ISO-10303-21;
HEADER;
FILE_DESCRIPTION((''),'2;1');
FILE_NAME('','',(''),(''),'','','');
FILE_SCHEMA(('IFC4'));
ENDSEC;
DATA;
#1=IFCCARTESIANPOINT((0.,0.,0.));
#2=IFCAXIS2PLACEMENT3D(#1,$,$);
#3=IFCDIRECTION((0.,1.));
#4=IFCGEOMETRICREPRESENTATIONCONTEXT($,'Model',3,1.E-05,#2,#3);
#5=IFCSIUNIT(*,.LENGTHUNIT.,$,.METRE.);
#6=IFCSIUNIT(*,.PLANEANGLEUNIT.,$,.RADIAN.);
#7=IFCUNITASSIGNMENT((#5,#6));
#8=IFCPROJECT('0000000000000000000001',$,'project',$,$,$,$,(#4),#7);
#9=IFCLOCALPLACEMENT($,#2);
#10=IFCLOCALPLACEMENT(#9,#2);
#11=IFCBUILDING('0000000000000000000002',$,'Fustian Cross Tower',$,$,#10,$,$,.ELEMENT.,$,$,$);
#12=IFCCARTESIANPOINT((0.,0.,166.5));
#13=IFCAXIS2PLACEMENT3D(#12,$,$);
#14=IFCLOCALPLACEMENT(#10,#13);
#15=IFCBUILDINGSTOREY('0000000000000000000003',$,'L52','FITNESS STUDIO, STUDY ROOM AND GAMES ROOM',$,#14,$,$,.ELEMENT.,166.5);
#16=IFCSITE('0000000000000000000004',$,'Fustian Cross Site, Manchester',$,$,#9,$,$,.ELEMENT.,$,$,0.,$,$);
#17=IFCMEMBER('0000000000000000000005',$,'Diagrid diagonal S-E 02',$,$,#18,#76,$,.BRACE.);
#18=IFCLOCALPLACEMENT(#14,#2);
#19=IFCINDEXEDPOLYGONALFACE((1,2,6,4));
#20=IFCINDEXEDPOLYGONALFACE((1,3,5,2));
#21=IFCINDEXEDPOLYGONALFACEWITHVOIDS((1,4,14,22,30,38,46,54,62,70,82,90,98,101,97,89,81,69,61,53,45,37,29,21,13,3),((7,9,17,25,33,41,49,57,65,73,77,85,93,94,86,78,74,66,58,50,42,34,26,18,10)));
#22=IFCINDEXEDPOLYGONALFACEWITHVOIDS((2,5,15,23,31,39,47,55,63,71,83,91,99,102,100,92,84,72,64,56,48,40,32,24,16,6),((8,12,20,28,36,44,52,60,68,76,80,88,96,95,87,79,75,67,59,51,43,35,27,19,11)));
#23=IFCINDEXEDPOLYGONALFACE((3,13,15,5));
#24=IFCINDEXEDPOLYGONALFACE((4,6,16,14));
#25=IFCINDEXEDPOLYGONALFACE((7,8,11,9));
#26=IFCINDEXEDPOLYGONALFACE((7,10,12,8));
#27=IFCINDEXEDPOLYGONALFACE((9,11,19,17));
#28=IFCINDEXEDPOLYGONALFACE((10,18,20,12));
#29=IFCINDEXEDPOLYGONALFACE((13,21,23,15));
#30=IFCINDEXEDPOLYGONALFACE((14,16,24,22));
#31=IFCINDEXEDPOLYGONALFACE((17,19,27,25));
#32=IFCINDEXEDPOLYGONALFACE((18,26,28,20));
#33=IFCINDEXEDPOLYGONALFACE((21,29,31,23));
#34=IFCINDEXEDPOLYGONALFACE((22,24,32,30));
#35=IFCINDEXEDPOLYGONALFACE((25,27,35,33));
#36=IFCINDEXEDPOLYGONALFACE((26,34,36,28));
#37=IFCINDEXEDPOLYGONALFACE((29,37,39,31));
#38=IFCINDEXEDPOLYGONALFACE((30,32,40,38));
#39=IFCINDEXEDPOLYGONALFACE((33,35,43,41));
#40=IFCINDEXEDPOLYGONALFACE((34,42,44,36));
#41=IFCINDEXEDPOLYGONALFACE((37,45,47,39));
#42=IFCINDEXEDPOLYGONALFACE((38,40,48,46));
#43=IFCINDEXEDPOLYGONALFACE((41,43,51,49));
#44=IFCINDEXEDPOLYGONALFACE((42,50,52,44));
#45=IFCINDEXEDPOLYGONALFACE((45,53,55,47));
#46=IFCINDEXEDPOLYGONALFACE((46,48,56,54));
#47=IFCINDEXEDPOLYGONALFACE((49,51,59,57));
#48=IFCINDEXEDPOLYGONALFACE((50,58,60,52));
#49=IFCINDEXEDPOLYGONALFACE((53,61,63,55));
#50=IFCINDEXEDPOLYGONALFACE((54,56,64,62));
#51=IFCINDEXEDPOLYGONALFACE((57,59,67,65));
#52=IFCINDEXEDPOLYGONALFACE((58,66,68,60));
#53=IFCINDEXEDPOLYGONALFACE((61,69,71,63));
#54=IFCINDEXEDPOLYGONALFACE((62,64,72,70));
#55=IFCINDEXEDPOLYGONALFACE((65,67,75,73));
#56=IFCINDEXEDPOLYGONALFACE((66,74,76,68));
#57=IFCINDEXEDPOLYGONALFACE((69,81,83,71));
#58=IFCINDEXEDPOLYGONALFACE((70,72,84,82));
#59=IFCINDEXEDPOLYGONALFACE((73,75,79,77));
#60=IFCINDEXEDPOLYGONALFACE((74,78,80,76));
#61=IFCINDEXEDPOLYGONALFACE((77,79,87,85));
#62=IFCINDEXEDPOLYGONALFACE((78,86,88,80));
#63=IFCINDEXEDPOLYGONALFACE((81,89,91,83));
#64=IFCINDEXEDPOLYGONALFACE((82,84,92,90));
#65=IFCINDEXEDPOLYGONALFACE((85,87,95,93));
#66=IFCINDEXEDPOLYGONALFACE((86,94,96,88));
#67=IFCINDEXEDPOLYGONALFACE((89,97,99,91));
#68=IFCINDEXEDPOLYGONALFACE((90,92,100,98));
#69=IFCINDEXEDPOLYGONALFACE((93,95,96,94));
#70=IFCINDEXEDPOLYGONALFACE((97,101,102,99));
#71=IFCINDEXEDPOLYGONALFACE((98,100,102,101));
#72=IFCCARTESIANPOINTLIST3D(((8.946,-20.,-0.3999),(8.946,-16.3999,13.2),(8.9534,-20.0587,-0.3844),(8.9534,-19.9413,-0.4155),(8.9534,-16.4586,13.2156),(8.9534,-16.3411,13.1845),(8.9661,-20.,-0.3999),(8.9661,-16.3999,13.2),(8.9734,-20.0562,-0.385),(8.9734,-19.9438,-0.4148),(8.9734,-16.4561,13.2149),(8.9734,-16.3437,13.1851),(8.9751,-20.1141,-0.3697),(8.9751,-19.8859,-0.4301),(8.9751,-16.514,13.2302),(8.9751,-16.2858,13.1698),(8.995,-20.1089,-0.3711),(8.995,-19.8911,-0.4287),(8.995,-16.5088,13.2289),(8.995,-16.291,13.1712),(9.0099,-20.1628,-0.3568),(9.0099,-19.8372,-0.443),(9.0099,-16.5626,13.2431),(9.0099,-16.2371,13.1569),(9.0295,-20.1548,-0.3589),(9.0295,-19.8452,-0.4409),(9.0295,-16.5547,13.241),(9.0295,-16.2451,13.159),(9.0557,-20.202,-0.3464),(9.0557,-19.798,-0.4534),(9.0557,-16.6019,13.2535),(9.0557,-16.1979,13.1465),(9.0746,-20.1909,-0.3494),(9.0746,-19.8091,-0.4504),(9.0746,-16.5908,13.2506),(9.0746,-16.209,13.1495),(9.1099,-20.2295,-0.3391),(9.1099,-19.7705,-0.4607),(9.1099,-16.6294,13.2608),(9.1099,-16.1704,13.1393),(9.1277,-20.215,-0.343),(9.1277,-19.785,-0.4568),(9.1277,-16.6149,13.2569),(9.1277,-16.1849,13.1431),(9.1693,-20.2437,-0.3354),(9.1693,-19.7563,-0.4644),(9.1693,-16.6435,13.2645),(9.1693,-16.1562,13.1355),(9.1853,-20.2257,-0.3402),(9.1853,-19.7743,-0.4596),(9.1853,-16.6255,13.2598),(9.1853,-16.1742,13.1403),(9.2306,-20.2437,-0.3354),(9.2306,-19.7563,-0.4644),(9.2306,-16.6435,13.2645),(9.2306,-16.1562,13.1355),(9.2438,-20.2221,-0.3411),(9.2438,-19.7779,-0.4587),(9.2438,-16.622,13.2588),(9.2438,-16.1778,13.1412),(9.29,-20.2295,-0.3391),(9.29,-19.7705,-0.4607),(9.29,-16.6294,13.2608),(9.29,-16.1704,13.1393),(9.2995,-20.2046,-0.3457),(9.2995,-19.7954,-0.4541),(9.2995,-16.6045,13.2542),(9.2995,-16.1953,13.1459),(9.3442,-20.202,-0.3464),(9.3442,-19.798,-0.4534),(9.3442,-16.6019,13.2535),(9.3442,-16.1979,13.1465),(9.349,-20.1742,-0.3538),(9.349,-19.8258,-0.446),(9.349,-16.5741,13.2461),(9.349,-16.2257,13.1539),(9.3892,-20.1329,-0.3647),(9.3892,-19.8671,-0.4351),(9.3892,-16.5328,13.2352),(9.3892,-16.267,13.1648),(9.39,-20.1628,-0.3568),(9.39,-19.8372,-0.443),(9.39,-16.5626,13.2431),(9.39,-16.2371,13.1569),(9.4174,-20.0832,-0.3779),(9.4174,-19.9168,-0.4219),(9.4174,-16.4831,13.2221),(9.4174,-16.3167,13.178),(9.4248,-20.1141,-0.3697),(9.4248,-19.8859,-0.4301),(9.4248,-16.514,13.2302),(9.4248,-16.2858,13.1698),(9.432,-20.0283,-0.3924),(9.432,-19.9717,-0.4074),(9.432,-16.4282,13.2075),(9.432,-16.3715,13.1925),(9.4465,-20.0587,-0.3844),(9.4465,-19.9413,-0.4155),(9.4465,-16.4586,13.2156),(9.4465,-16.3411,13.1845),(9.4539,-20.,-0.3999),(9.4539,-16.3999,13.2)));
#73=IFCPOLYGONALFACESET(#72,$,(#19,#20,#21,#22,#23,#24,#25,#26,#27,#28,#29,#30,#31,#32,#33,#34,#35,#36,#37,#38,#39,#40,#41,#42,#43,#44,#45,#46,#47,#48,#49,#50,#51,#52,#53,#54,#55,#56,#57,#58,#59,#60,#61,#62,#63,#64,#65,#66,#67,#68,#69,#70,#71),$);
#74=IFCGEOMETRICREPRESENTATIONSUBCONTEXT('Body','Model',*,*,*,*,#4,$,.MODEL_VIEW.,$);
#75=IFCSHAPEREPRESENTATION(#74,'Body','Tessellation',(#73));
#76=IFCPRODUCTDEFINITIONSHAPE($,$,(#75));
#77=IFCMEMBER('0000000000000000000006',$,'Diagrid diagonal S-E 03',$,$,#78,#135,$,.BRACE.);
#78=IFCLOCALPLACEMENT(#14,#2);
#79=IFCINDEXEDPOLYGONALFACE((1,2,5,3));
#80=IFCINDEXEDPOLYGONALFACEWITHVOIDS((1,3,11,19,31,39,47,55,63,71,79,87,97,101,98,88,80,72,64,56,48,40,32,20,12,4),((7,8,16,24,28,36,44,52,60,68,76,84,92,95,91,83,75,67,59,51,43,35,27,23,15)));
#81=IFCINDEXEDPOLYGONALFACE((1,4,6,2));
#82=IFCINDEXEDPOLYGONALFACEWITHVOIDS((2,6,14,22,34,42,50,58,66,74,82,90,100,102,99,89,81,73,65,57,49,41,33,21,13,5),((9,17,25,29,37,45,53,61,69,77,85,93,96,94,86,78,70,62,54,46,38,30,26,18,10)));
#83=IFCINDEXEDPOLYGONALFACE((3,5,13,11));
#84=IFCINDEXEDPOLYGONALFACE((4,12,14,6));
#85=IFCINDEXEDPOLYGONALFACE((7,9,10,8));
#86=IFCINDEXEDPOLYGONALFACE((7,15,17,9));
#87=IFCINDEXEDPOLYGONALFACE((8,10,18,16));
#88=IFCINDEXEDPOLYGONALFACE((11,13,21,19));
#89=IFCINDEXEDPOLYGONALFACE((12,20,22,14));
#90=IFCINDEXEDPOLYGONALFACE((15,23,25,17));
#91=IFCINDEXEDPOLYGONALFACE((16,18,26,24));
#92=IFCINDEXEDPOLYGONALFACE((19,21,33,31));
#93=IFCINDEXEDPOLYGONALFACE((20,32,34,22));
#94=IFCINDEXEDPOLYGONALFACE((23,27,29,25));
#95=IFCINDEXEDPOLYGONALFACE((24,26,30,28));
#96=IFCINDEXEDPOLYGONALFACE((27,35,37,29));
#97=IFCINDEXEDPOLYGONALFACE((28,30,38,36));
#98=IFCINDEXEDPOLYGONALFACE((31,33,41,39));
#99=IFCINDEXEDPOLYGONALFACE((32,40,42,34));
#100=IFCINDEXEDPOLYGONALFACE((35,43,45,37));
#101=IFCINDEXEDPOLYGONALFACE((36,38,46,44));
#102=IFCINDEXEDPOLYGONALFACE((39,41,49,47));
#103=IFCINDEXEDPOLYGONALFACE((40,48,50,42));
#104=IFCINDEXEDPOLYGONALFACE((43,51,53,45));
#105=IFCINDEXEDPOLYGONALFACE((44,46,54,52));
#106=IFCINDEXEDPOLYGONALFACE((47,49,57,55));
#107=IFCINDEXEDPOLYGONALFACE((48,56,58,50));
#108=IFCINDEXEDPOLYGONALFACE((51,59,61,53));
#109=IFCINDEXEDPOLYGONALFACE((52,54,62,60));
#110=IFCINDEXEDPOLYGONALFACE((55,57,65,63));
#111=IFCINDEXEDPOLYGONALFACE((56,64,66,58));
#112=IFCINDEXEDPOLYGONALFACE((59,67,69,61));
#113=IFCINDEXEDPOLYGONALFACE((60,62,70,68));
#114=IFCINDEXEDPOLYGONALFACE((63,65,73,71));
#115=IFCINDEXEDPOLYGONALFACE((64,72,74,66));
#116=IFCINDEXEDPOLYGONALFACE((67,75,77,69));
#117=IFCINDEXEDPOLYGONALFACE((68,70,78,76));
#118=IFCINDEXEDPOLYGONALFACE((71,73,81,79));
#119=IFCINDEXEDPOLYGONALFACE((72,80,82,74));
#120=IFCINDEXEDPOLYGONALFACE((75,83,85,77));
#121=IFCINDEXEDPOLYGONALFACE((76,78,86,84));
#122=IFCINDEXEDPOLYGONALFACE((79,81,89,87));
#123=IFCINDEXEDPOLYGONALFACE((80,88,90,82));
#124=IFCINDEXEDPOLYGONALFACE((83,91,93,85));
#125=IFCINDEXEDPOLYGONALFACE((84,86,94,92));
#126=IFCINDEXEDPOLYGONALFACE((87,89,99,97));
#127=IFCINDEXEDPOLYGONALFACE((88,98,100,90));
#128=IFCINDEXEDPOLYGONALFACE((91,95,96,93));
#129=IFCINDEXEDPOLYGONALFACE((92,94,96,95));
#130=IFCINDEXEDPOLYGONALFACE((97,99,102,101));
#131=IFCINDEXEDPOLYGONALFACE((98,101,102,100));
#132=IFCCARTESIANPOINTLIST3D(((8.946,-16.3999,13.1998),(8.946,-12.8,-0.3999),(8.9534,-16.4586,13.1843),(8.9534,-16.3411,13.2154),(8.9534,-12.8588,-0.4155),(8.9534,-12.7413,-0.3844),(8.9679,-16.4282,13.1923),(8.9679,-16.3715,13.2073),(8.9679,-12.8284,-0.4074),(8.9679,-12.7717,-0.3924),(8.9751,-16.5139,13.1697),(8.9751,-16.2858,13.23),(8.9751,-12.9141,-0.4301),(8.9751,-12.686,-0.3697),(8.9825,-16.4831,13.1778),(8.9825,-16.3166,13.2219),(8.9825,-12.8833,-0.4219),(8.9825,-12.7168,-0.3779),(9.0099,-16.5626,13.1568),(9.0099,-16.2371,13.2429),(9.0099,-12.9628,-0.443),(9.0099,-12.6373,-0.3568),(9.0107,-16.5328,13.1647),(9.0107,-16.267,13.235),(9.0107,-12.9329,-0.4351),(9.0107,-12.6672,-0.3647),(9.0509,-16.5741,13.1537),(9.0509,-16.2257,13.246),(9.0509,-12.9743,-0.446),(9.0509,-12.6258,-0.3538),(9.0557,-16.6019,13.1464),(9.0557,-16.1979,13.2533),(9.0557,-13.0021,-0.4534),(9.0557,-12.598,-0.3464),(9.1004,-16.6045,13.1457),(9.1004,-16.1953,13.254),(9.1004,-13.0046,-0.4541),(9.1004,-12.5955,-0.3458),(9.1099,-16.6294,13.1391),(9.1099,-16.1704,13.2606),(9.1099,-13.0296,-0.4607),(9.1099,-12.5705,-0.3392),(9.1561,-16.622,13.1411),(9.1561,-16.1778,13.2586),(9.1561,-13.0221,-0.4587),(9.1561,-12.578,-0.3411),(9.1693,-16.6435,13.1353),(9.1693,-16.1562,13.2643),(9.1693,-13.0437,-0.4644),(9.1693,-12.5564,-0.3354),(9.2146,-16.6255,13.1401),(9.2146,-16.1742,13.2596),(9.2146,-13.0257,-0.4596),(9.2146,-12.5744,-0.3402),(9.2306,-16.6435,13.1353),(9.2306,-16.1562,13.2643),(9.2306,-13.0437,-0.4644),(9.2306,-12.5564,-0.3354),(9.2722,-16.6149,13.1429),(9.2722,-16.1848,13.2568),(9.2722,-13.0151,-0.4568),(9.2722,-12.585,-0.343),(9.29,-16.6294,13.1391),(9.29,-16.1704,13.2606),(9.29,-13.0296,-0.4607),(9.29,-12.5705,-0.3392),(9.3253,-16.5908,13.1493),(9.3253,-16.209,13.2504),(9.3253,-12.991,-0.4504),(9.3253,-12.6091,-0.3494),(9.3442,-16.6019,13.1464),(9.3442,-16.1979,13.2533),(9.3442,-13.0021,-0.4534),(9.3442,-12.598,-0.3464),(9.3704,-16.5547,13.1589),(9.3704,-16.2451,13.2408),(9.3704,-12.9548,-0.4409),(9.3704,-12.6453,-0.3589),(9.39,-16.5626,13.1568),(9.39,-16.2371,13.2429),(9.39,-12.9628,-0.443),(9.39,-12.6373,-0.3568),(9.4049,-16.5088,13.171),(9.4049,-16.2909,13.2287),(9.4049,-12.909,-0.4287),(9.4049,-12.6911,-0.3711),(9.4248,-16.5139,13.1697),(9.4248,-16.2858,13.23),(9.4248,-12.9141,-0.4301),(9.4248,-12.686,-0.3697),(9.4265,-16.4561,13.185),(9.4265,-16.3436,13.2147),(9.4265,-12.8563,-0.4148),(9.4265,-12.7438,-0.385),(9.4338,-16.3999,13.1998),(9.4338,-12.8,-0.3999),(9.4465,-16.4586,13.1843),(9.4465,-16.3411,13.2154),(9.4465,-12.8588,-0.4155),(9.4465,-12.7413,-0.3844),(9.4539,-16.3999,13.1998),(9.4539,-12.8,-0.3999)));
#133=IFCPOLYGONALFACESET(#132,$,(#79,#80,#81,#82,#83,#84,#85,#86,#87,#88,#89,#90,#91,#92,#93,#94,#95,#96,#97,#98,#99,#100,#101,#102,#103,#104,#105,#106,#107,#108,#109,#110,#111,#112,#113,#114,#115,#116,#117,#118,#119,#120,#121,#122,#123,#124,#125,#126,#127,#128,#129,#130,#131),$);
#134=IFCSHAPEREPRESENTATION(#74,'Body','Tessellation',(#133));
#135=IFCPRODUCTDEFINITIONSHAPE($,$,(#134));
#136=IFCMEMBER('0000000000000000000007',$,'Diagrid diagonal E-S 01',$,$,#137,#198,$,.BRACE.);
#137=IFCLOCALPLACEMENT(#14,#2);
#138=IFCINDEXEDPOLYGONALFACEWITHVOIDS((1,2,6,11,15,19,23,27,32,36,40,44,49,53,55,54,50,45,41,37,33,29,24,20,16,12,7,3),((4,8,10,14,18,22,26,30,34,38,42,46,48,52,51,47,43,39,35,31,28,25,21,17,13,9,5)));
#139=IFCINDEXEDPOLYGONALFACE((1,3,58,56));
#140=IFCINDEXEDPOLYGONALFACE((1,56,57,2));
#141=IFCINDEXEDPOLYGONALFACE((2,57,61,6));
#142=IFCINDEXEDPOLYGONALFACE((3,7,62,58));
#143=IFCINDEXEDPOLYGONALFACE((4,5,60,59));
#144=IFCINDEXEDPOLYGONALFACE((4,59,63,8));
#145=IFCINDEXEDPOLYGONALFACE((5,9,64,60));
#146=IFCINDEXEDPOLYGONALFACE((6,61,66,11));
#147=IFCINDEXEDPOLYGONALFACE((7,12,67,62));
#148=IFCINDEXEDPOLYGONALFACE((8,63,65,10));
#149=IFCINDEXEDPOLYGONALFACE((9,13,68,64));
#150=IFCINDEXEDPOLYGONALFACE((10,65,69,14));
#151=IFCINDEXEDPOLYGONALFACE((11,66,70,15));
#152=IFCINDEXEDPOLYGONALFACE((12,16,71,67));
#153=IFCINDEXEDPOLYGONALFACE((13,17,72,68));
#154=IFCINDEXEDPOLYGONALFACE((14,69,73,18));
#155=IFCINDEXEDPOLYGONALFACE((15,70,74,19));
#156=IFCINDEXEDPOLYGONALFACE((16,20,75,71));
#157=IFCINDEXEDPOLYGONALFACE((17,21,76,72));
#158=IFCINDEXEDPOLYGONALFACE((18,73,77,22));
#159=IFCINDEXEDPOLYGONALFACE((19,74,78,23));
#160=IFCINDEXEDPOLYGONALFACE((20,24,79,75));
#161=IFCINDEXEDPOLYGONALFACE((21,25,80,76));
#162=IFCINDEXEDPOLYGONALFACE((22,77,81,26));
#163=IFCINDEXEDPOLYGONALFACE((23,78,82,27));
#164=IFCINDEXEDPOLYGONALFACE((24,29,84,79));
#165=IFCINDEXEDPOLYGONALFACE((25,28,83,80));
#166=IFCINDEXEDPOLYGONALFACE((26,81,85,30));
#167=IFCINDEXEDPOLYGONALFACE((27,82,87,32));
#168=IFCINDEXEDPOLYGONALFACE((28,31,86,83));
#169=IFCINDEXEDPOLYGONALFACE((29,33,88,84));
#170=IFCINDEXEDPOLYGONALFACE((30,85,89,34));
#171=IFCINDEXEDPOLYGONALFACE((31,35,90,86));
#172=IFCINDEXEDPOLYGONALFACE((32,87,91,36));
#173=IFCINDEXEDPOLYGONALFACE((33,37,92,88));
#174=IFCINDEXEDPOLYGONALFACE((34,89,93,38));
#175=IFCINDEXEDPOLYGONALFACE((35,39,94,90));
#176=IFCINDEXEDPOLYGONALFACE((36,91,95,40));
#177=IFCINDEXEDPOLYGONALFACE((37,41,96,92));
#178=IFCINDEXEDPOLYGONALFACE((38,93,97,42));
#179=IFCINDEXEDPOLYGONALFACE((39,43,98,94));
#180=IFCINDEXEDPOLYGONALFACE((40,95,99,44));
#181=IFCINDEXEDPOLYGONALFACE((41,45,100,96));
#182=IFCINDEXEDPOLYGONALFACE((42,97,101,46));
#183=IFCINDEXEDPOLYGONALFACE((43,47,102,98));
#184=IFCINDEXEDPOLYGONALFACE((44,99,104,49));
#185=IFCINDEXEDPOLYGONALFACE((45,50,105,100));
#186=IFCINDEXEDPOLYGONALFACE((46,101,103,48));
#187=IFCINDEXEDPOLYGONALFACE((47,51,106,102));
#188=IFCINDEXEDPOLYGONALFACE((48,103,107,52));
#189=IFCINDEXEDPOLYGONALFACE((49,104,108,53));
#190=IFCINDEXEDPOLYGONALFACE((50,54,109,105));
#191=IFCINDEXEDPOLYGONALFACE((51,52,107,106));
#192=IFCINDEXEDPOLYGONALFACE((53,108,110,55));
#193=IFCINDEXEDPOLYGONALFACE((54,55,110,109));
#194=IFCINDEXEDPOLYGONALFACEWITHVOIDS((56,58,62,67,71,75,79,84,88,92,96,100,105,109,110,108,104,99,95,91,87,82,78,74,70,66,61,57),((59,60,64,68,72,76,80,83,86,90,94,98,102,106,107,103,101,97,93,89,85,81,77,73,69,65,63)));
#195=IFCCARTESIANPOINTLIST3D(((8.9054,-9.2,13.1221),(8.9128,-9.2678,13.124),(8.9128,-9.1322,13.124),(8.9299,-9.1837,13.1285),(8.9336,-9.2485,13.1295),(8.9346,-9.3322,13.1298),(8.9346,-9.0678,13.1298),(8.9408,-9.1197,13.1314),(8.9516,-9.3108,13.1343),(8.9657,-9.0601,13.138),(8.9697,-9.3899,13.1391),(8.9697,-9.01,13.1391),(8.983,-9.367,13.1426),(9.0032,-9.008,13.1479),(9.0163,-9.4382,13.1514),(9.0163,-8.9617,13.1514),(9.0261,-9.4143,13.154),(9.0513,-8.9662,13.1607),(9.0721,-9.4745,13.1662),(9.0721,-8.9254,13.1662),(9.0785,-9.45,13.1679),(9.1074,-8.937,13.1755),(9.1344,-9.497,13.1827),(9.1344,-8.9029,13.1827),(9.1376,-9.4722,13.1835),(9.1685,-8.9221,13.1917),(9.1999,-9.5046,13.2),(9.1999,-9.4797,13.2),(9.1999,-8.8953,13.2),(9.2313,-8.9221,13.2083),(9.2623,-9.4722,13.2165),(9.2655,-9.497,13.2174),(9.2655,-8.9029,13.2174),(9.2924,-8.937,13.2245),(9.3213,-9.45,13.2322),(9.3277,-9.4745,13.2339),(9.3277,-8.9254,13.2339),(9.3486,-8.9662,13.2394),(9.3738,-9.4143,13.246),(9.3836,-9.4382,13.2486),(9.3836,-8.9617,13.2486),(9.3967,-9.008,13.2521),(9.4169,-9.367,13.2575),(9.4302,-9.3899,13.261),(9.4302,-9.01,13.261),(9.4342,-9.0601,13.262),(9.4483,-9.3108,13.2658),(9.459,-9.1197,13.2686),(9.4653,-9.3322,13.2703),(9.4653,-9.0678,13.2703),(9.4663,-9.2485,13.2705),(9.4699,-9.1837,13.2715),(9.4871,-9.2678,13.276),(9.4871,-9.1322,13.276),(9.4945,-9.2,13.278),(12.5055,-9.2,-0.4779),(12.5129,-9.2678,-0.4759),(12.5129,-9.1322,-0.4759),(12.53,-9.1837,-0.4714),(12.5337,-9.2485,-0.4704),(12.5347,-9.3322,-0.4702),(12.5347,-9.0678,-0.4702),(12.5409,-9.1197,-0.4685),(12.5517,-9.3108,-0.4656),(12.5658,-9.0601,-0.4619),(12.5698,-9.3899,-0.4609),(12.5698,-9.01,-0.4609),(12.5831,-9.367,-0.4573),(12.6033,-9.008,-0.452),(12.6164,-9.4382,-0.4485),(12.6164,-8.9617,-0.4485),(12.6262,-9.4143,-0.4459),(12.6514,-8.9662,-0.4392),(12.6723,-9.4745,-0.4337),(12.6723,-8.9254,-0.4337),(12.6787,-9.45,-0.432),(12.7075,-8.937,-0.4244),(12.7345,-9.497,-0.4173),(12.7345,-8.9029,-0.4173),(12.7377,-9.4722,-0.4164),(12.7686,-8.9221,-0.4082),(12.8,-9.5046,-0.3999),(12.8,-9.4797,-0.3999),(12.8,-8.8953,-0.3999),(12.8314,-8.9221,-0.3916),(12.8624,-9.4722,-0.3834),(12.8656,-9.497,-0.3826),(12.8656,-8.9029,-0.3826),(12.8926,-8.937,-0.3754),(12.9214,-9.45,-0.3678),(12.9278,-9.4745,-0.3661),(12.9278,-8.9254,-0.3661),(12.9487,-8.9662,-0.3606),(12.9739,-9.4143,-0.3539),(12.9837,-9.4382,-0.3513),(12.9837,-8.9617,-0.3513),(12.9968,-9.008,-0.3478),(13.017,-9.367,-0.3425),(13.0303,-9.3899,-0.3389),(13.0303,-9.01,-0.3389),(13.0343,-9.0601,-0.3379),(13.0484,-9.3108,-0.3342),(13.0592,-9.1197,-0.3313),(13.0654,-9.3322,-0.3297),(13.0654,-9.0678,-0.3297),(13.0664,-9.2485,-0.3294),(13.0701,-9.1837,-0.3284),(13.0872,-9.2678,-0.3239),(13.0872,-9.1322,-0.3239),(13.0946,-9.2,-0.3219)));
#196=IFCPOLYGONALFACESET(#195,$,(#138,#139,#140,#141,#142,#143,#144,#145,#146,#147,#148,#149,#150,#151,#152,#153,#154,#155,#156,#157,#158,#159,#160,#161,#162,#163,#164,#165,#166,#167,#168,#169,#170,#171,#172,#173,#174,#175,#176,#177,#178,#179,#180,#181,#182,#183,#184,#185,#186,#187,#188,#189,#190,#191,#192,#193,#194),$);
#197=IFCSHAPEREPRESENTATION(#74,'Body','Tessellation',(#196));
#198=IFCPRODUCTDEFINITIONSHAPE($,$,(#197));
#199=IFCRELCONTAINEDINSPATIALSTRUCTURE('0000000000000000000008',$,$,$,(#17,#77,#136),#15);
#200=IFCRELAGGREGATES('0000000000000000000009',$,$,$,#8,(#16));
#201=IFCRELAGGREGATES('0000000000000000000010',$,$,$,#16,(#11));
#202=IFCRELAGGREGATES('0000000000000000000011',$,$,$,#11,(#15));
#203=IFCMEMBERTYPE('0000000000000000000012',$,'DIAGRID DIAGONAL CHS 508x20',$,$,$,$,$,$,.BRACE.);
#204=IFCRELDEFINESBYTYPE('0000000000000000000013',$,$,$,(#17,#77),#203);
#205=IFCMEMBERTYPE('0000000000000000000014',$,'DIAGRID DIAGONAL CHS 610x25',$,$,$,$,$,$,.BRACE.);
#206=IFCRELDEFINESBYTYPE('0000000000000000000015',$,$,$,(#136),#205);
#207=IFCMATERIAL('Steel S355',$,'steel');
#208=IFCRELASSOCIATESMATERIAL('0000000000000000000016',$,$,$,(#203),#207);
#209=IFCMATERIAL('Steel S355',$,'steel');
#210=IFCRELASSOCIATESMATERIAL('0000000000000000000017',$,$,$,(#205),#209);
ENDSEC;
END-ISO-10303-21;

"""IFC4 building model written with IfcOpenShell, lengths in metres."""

from ifc_helpers import new_model, si_unit, direction, frame, origin, origin_2d, place, context, subcontext, project, spatial, hollow_circle, extrude, material, material_profile, profile_set, type_object, element, save


model = new_model("IFC4")

# Units and contexts
model_context = context("Model", 3, precision=1e-05, world=origin(), true_north=direction((0.0, 1.0)))
body_context = subcontext(model_context, "Body", "Model", "MODEL_VIEW")
ifc_project = project(units=[si_unit("LENGTHUNIT", "METRE"), si_unit("PLANEANGLEUNIT", "RADIAN")], contexts=[model_context])

# Site, building, storey
site_placement = place(None, origin())
site = spatial("IfcSite", under=ifc_project, at=site_placement, Name="Fustian Cross Site, Manchester", CompositionType="ELEMENT", RefElevation=0.0)
building_placement = place(site_placement, origin())
building = spatial("IfcBuilding", under=site, at=building_placement, Name="Fustian Cross Tower", CompositionType="ELEMENT")
storey_placement = place(building_placement, frame((0.0, 0.0, 166.5)))
storey = spatial("IfcBuildingStorey", under=building, at=storey_placement, Name="L52", Description="FITNESS STUDIO, STUDY ROOM AND GAMES ROOM", CompositionType="ELEMENT", Elevation=166.5)

# Members
ifc_material_1 = material(Name="Steel S355", Category="steel")
ifc_material_profile_1 = material_profile(ifc_material_1, hollow_circle(Radius=0.2539, WallThickness=0.02, at=origin_2d()), Name="CHS 508x20")
ifc_profile_set_1 = profile_set([ifc_material_profile_1], Name="Steel S355")
member_type_1 = type_object("IfcMemberType", Name="DIAGRID DIAGONAL CHS 508x20", PredefinedType="BRACE", material=ifc_profile_set_1)
for number, where, z_axis, x_axis, name in (
    (1, (9.2, -20.0, -0.3999), (0.0, 0.255902, 0.966703), (-1.0, 0.0, 0.0), "Diagrid diagonal S-E 02"),
):
    element("IfcMember", number, at=place(storey_placement, frame(where, z_axis=z_axis, x_axis=x_axis)), inside=storey, type_object=member_type_1, Name=name, PredefinedType="BRACE", context=body_context, shape_type="SweptSolid", body=[
        extrude(hollow_circle(Radius=0.2539, WallThickness=0.02, at=origin_2d()), origin(), (0.0, 0.0, 1.0), 14.0684),
    ])
member_1_placement = place(storey_placement, frame((9.2, -12.8, -0.3999), z_axis=(0.0, -0.255885, 0.966707), x_axis=(1.0, 0.0, 0.0)))
element("IfcMember", 2, at=member_1_placement, inside=storey, type_object=member_type_1, Name="Diagrid diagonal S-E 03", PredefinedType="BRACE", context=body_context, shape_type="SweptSolid", body=[
    extrude(hollow_circle(Radius=0.2539, WallThickness=0.02, at=origin_2d()), origin(), (0.0, 0.0, 1.0), 14.0681),
])
ifc_material_2 = material(Name="Steel S355", Category="steel")
ifc_material_profile_2 = material_profile(ifc_material_2, hollow_circle(Radius=0.3047, WallThickness=0.0249, at=origin_2d()), Name="CHS 610x25")
ifc_profile_set_2 = profile_set([ifc_material_profile_2], Name="Steel S355")
member_type_2 = type_object("IfcMemberType", Name="DIAGRID DIAGONAL CHS 610x25", PredefinedType="BRACE", material=ifc_profile_set_2)
for number, where, z_axis, x_axis, name in (
    (3, (12.8, -9.2, -0.3999), (-0.255902, 0.0, 0.966703), (0.0, -1.0, 0.0), "Diagrid diagonal E-S 01"),
):
    element("IfcMember", number, at=place(storey_placement, frame(where, z_axis=z_axis, x_axis=x_axis)), inside=storey, type_object=member_type_2, Name=name, PredefinedType="BRACE", context=body_context, shape_type="SweptSolid", body=[
        extrude(hollow_circle(Radius=0.3047, WallThickness=0.0249, at=origin_2d()), origin(), (0.0, 0.0, 1.0), 14.0684),
    ])

save(model, "model.ifc")
